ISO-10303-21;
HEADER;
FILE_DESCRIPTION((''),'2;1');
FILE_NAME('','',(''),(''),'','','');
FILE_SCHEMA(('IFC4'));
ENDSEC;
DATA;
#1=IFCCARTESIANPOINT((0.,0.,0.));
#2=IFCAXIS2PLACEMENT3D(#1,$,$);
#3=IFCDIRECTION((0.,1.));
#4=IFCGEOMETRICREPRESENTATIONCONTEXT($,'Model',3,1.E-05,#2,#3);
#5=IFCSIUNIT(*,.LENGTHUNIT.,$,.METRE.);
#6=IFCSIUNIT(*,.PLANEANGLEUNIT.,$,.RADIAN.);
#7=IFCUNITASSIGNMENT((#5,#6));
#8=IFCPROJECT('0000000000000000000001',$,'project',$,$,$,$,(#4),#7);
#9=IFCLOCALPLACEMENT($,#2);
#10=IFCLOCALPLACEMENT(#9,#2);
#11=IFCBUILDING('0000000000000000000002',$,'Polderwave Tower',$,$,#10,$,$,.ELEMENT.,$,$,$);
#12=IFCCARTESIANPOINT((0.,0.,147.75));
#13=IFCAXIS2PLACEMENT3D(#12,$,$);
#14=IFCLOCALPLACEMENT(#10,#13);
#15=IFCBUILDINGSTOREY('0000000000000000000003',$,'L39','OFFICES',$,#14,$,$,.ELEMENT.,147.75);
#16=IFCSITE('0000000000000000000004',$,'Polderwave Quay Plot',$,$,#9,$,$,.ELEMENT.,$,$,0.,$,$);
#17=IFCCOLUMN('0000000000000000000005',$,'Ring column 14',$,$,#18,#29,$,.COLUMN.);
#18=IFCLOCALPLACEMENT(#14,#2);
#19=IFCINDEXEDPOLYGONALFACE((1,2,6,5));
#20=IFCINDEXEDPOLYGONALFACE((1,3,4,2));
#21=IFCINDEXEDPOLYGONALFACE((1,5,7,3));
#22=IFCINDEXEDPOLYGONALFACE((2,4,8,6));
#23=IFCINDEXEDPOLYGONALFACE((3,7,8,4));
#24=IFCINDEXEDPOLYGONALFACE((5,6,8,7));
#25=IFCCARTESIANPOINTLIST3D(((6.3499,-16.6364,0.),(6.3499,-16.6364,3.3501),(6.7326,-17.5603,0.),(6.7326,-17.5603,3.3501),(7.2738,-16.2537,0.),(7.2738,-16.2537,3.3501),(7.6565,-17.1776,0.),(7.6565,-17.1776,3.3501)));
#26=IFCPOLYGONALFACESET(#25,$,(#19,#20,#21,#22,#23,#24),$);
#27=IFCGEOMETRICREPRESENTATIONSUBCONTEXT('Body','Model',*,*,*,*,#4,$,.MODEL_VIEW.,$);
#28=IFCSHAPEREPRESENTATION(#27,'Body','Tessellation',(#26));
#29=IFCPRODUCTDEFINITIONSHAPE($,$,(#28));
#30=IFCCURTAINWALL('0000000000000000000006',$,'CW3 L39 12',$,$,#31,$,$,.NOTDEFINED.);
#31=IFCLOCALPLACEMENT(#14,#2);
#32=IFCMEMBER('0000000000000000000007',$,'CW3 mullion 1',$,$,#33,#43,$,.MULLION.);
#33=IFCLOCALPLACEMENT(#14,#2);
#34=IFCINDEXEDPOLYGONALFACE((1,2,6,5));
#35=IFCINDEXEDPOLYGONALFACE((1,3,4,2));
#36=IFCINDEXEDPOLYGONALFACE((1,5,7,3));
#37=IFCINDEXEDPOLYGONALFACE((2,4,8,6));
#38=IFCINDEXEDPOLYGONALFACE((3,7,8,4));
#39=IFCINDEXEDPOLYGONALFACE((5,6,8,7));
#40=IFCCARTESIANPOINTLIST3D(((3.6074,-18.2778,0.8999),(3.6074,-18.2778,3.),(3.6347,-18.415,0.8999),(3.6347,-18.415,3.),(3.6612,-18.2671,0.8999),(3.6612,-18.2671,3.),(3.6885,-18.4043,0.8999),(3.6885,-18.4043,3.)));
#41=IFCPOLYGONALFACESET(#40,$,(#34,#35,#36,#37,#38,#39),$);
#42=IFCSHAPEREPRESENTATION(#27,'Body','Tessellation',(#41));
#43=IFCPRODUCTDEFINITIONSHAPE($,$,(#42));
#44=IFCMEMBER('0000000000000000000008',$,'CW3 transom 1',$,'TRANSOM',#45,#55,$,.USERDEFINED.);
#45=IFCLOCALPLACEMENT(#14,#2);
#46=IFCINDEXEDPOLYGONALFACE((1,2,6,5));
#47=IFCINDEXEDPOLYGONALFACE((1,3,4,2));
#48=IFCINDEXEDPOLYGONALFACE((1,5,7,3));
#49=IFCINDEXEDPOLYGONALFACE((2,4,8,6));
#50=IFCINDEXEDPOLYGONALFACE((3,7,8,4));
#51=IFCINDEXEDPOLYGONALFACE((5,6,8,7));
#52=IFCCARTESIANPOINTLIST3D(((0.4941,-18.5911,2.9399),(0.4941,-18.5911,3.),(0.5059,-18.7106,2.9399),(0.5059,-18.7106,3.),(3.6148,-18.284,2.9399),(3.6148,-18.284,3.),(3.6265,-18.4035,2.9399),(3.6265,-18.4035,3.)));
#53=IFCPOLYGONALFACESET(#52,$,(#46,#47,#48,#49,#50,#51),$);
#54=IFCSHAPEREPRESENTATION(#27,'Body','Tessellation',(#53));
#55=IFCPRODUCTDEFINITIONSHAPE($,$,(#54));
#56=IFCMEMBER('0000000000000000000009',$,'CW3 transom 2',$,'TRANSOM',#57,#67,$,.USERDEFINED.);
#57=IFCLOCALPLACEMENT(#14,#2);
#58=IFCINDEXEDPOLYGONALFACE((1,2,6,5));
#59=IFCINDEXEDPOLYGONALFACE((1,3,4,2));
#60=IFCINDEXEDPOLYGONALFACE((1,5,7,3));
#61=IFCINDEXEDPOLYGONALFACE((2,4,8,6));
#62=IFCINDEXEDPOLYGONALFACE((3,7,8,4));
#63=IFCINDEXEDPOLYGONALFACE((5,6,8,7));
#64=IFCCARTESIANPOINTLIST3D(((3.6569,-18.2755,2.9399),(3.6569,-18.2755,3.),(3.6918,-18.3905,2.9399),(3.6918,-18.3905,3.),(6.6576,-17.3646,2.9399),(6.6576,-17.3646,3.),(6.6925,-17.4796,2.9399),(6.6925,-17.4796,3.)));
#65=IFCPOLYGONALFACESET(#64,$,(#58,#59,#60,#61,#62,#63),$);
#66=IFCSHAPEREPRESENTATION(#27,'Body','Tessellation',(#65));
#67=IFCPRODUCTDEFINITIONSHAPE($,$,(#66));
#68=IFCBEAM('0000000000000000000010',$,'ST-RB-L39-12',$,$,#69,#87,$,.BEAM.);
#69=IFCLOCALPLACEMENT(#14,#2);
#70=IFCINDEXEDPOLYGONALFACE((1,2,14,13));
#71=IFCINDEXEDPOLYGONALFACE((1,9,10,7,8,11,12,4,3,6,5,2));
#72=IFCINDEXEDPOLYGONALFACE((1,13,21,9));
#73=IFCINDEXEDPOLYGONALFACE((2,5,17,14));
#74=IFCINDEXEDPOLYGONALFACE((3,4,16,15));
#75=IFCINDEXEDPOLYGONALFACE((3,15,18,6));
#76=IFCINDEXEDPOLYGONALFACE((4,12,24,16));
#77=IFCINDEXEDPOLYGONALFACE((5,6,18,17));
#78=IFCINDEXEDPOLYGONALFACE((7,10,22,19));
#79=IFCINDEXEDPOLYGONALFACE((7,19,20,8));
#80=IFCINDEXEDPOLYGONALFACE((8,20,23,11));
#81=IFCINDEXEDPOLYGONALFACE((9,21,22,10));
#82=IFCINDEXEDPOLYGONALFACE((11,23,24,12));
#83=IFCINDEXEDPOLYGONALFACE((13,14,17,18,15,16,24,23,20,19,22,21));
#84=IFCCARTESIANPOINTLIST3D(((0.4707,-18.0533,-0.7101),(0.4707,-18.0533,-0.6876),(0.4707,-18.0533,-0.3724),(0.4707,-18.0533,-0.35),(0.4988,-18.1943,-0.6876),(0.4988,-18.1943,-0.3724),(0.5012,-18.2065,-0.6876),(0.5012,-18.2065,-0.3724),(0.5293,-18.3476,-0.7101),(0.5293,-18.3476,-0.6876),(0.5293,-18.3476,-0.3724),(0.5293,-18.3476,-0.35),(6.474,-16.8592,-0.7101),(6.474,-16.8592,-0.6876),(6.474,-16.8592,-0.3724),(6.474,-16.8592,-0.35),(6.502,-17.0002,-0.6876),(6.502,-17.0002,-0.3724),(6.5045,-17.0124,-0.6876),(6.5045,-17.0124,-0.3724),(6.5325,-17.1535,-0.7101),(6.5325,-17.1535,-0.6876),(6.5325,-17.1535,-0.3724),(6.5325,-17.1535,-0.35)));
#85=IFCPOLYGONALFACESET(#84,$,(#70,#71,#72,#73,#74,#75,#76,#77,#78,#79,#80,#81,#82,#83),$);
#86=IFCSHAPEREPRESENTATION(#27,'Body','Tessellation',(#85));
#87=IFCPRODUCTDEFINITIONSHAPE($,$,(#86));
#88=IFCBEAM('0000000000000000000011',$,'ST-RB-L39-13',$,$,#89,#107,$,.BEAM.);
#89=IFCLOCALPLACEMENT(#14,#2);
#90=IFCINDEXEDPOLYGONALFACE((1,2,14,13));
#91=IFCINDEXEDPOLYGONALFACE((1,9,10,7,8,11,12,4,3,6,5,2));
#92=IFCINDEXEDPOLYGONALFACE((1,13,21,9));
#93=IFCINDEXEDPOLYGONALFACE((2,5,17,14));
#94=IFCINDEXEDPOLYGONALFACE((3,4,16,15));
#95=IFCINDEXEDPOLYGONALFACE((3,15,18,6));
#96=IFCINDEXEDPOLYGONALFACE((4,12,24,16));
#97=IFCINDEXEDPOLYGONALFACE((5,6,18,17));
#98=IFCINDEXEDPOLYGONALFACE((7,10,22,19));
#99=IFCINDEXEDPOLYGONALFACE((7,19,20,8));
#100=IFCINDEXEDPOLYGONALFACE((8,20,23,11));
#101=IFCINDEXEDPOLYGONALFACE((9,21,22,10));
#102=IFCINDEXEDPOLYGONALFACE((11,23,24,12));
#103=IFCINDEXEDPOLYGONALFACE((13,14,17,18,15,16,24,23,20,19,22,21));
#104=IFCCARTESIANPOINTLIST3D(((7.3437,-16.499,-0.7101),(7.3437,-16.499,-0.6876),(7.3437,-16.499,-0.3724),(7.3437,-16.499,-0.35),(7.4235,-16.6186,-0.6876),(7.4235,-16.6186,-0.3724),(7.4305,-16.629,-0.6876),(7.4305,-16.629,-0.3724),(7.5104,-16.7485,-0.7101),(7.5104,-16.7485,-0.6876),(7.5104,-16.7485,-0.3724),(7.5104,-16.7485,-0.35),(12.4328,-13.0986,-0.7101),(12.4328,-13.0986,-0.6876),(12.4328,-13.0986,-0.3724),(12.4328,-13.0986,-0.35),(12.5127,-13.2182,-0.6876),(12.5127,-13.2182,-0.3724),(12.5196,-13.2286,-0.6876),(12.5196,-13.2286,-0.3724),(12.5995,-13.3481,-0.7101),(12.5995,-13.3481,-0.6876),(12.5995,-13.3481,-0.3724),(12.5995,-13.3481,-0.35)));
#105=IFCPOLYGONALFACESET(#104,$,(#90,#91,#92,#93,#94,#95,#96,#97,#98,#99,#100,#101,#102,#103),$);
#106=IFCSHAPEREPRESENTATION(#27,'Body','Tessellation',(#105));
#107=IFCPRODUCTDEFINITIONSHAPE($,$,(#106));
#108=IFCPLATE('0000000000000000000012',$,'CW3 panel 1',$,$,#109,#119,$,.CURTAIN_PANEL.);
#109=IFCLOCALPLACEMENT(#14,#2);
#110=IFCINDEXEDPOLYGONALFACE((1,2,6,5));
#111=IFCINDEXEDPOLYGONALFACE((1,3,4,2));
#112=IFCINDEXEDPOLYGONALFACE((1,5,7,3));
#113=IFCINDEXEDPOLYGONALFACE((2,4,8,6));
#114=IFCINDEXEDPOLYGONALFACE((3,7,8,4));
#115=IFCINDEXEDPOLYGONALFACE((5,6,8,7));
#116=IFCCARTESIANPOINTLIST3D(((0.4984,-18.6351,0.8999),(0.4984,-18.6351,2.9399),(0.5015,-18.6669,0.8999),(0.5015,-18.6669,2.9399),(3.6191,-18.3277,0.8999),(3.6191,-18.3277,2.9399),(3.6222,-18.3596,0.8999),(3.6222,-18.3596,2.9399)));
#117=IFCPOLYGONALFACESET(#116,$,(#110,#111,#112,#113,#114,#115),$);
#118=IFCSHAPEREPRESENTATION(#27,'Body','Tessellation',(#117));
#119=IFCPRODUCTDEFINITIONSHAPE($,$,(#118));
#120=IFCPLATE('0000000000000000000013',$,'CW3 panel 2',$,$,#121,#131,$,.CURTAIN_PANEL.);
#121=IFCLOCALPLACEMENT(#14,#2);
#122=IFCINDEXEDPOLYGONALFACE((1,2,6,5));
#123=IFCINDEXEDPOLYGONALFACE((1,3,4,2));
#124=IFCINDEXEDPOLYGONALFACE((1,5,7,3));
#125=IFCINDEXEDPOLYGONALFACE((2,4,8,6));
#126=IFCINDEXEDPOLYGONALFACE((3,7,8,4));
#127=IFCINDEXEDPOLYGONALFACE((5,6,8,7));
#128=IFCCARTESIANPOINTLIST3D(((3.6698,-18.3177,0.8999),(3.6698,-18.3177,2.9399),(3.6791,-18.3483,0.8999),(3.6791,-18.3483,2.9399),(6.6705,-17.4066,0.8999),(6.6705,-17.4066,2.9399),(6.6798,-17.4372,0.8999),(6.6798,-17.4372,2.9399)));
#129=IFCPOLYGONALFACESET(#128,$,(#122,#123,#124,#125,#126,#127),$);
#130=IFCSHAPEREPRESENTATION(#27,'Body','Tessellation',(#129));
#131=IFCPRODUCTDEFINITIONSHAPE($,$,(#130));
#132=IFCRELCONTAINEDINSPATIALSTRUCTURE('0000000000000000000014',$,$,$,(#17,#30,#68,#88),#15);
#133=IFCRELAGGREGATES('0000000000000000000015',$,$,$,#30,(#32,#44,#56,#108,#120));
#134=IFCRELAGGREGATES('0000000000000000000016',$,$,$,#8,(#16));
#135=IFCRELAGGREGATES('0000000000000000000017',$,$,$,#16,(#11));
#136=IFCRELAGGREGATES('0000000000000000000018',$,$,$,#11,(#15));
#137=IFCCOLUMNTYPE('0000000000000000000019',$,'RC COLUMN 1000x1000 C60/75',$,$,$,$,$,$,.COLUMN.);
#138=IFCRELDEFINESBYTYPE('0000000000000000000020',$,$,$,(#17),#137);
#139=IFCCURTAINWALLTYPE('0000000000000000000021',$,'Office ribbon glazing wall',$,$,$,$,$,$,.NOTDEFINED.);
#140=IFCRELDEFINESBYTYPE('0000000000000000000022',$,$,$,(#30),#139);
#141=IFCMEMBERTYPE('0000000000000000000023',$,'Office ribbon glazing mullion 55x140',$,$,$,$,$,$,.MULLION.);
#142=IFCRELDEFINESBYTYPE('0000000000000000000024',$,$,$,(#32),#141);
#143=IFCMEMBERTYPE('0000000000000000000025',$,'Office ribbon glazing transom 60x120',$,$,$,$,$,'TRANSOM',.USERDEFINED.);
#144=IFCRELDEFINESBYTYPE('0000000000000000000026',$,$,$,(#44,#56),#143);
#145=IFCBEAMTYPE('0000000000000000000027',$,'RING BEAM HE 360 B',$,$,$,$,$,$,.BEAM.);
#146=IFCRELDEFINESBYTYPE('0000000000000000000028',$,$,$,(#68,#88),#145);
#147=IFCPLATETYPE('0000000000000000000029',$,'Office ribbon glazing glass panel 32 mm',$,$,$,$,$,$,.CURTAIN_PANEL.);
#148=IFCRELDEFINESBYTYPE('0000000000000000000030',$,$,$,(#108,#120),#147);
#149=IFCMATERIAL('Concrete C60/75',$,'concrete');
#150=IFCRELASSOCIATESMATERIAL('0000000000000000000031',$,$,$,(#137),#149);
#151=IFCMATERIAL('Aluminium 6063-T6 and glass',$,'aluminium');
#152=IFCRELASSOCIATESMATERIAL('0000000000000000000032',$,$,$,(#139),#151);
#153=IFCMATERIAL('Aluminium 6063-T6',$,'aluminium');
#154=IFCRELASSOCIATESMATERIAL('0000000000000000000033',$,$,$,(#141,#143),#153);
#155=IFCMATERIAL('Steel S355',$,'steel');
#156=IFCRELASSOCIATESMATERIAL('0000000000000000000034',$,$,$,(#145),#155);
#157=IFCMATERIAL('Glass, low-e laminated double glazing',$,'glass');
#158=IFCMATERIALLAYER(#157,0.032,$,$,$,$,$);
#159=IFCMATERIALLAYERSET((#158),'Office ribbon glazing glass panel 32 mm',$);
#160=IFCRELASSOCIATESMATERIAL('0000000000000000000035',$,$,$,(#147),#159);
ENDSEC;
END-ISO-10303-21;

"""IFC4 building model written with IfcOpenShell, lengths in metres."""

from ifc_helpers import new_model, si_unit, direction, frame, origin, origin_2d, place, context, subcontext, project, spatial, rectangle, i_section, extrude, material, layer, layer_set, material_profile, profile_set, type_object, element, aggregate, save


model = new_model("IFC4")

# Units and contexts
model_context = context("Model", 3, precision=1e-05, world=origin(), true_north=direction((0.0, 1.0)))
body_context = subcontext(model_context, "Body", "Model", "MODEL_VIEW")
ifc_project = project(units=[si_unit("LENGTHUNIT", "METRE"), si_unit("PLANEANGLEUNIT", "RADIAN")], contexts=[model_context])

# Site, building, storey
site_placement = place(None, origin())
site = spatial("IfcSite", under=ifc_project, at=site_placement, Name="Polderwave Quay Plot", CompositionType="ELEMENT", RefElevation=0.0)
building_placement = place(site_placement, origin())
building = spatial("IfcBuilding", under=site, at=building_placement, Name="Polderwave Tower", CompositionType="ELEMENT")
storey_placement = place(building_placement, frame((0.0, 0.0, 147.75)))
storey = spatial("IfcBuildingStorey", under=building, at=storey_placement, Name="L39", Description="OFFICES", CompositionType="ELEMENT", Elevation=147.75)

# Column
ifc_material_1 = material(Name="Concrete C60/75", Category="concrete")
ifc_material_profile_1 = material_profile(ifc_material_1, rectangle(XDim=1.0, YDim=1.0, at=origin_2d()), Name="RC 1000x1000")
ifc_profile_set_1 = profile_set([ifc_material_profile_1], Name="Concrete C60/75")
column_type = type_object("IfcColumnType", Name="RC COLUMN 1000x1000 C60/75", PredefinedType="COLUMN", material=ifc_profile_set_1)
column_placement = place(storey_placement, frame((7.0032, -16.907, 0.0), z_axis=(0.0, 0.0, 1.0), x_axis=(0.382683, -0.92388, 0.0)))
element("IfcColumn", 1, at=column_placement, inside=storey, type_object=column_type, Name="Ring column 14", PredefinedType="COLUMN", context=body_context, shape_type="SweptSolid", body=[
    extrude(rectangle(XDim=1.0, YDim=1.0, at=origin_2d()), origin(), (0.0, 0.0, 1.0), 3.3501),
])

# Curtain wall, members
ifc_material_2 = material(Name="Aluminium 6063-T6 and glass", Category="aluminium")
curtain_wall_type = type_object("IfcCurtainWallType", Name="Office ribbon glazing wall", PredefinedType="NOTDEFINED", material=ifc_material_2)
curtain_wall_placement = place(storey_placement, origin())
curtain_wall = element("IfcCurtainWall", 2, at=curtain_wall_placement, inside=storey, type_object=curtain_wall_type, Name="CW3 L39 12", PredefinedType="NOTDEFINED")
ifc_material_3 = material(Name="Aluminium 6063-T6", Category="aluminium")
ifc_material_profile_2 = material_profile(ifc_material_3, rectangle(XDim=0.1399, YDim=0.0549, at=origin_2d()), Name="AL 55x140")
ifc_profile_set_2 = profile_set([ifc_material_profile_2], Name="Aluminium 6063-T6")
member_type_1 = type_object("IfcMemberType", Name="Office ribbon glazing mullion 55x140", PredefinedType="MULLION", material=ifc_profile_set_2)
member_1_placement = place(storey_placement, frame((3.6479, -18.3411, 0.8999), z_axis=(0.0, 0.0, 1.0), x_axis=(-0.195196, 0.980764, 0.0)))
member_1 = element("IfcMember", 3, at=member_1_placement, type_object=member_type_1, Name="CW3 mullion 1", PredefinedType="MULLION", context=body_context, shape_type="SweptSolid", body=[
    extrude(rectangle(XDim=0.1399, YDim=0.0549, at=origin_2d()), origin(), (0.0, 0.0, 1.0), 2.1001),
])
ifc_material_profile_3 = material_profile(ifc_material_3, rectangle(XDim=0.1201, YDim=0.0601, at=origin_2d()), Name="AL 60x120")
ifc_profile_set_3 = profile_set([ifc_material_profile_3], Name="Aluminium 6063-T6")
member_type_2 = type_object("IfcMemberType", Name="Office ribbon glazing transom 60x120", ElementType="TRANSOM", PredefinedType="USERDEFINED", material=ifc_profile_set_3)
member_2_placement = place(storey_placement, frame((0.5, -18.6509, 2.97), z_axis=(0.995192, 0.097946, 0.0), x_axis=(-0.097946, 0.995192, 0.0)))
member_2 = element("IfcMember", 4, at=member_2_placement, type_object=member_type_2, Name="CW3 transom 1", ObjectType="TRANSOM", PredefinedType="USERDEFINED", context=body_context, shape_type="SweptSolid", body=[
    extrude(rectangle(XDim=0.1201, YDim=0.0601, at=origin_2d()), origin(), (0.0, 0.0, 1.0), 3.1357),
])
member_3_placement = place(storey_placement, frame((3.6743, -18.333, 2.97), z_axis=(0.956885, 0.290468, 0.0), x_axis=(-0.290468, 0.956885, 0.0)))
member_3 = element("IfcMember", 5, at=member_3_placement, type_object=member_type_2, Name="CW3 transom 2", ObjectType="TRANSOM", PredefinedType="USERDEFINED", context=body_context, shape_type="SweptSolid", body=[
    extrude(rectangle(XDim=0.1201, YDim=0.0601, at=origin_2d()), origin(), (0.0, 0.0, 1.0), 3.136),
])

# Beams
ifc_material_4 = material(Name="Steel S355", Category="steel")
ifc_material_profile_4 = material_profile(ifc_material_4, i_section(OverallWidth=0.3, OverallDepth=0.3601, WebThickness=0.0125, FlangeThickness=0.0225, at=origin_2d()), Name="HE 360 B")
ifc_profile_set_4 = profile_set([ifc_material_profile_4], Name="Steel S355")
beam_type = type_object("IfcBeamType", Name="RING BEAM HE 360 B", PredefinedType="BEAM", material=ifc_profile_set_4)
beam_1_placement = place(storey_placement, frame((0.5, -18.2004, -0.53), z_axis=(0.980786, 0.195088, 0.0), x_axis=(-0.195088, 0.980786, 0.0)))
element("IfcBeam", 6, at=beam_1_placement, inside=storey, type_object=beam_type, Name="ST-RB-L39-12", PredefinedType="BEAM", context=body_context, shape_type="SweptSolid", body=[
    extrude(i_section(OverallWidth=0.3, OverallDepth=0.3601, WebThickness=0.0125, FlangeThickness=0.0225, at=origin_2d()), origin(), (0.0, 0.0, 1.0), 6.1208),
])
beam_2_placement = place(storey_placement, frame((7.427, -16.6238, -0.53), z_axis=(0.831473, 0.555565, 0.0), x_axis=(-0.555565, 0.831473, 0.0)))
element("IfcBeam", 7, at=beam_2_placement, inside=storey, type_object=beam_type, Name="ST-RB-L39-13", PredefinedType="BEAM", context=body_context, shape_type="SweptSolid", body=[
    extrude(i_section(OverallWidth=0.3, OverallDepth=0.3601, WebThickness=0.0125, FlangeThickness=0.0225, at=origin_2d()), origin(), (0.0, 0.0, 1.0), 6.1206),
])

# Plates
ifc_material_5 = material(Name="Glass, low-e laminated double glazing", Category="glass")
ifc_layer_1 = layer(ifc_material_5, 0.032)
ifc_layer_set_1 = layer_set([ifc_layer_1], Name="Office ribbon glazing glass panel 32 mm")
plate_type = type_object("IfcPlateType", Name="Office ribbon glazing glass panel 32 mm", PredefinedType="CURTAIN_PANEL", material=ifc_layer_set_1)
plate_1_placement = place(storey_placement, frame((2.0603, -18.4973, 0.8999), z_axis=(0.0, 0.0, 1.0), x_axis=(0.995186, 0.098002, 0.0)))
plate_1 = element("IfcPlate", 8, at=plate_1_placement, type_object=plate_type, Name="CW3 panel 1", PredefinedType="CURTAIN_PANEL", context=body_context, shape_type="SweptSolid", body=[
    extrude(rectangle(XDim=3.1357, YDim=0.032, at=origin_2d()), origin(), (0.0, 0.0, 1.0), 2.04),
])
plate_2_placement = place(storey_placement, frame((5.1748, -17.8774, 0.8999), z_axis=(0.0, 0.0, 1.0), x_axis=(0.956873, 0.290507, 0.0)))
plate_2 = element("IfcPlate", 9, at=plate_2_placement, type_object=plate_type, Name="CW3 panel 2", PredefinedType="CURTAIN_PANEL", context=body_context, shape_type="SweptSolid", body=[
    extrude(rectangle(XDim=3.136, YDim=0.032, at=origin_2d()), origin(), (0.0, 0.0, 1.0), 2.04),
])
aggregate(curtain_wall, [member_1, member_2, member_3, plate_1, plate_2])

save(model, "model.ifc")
